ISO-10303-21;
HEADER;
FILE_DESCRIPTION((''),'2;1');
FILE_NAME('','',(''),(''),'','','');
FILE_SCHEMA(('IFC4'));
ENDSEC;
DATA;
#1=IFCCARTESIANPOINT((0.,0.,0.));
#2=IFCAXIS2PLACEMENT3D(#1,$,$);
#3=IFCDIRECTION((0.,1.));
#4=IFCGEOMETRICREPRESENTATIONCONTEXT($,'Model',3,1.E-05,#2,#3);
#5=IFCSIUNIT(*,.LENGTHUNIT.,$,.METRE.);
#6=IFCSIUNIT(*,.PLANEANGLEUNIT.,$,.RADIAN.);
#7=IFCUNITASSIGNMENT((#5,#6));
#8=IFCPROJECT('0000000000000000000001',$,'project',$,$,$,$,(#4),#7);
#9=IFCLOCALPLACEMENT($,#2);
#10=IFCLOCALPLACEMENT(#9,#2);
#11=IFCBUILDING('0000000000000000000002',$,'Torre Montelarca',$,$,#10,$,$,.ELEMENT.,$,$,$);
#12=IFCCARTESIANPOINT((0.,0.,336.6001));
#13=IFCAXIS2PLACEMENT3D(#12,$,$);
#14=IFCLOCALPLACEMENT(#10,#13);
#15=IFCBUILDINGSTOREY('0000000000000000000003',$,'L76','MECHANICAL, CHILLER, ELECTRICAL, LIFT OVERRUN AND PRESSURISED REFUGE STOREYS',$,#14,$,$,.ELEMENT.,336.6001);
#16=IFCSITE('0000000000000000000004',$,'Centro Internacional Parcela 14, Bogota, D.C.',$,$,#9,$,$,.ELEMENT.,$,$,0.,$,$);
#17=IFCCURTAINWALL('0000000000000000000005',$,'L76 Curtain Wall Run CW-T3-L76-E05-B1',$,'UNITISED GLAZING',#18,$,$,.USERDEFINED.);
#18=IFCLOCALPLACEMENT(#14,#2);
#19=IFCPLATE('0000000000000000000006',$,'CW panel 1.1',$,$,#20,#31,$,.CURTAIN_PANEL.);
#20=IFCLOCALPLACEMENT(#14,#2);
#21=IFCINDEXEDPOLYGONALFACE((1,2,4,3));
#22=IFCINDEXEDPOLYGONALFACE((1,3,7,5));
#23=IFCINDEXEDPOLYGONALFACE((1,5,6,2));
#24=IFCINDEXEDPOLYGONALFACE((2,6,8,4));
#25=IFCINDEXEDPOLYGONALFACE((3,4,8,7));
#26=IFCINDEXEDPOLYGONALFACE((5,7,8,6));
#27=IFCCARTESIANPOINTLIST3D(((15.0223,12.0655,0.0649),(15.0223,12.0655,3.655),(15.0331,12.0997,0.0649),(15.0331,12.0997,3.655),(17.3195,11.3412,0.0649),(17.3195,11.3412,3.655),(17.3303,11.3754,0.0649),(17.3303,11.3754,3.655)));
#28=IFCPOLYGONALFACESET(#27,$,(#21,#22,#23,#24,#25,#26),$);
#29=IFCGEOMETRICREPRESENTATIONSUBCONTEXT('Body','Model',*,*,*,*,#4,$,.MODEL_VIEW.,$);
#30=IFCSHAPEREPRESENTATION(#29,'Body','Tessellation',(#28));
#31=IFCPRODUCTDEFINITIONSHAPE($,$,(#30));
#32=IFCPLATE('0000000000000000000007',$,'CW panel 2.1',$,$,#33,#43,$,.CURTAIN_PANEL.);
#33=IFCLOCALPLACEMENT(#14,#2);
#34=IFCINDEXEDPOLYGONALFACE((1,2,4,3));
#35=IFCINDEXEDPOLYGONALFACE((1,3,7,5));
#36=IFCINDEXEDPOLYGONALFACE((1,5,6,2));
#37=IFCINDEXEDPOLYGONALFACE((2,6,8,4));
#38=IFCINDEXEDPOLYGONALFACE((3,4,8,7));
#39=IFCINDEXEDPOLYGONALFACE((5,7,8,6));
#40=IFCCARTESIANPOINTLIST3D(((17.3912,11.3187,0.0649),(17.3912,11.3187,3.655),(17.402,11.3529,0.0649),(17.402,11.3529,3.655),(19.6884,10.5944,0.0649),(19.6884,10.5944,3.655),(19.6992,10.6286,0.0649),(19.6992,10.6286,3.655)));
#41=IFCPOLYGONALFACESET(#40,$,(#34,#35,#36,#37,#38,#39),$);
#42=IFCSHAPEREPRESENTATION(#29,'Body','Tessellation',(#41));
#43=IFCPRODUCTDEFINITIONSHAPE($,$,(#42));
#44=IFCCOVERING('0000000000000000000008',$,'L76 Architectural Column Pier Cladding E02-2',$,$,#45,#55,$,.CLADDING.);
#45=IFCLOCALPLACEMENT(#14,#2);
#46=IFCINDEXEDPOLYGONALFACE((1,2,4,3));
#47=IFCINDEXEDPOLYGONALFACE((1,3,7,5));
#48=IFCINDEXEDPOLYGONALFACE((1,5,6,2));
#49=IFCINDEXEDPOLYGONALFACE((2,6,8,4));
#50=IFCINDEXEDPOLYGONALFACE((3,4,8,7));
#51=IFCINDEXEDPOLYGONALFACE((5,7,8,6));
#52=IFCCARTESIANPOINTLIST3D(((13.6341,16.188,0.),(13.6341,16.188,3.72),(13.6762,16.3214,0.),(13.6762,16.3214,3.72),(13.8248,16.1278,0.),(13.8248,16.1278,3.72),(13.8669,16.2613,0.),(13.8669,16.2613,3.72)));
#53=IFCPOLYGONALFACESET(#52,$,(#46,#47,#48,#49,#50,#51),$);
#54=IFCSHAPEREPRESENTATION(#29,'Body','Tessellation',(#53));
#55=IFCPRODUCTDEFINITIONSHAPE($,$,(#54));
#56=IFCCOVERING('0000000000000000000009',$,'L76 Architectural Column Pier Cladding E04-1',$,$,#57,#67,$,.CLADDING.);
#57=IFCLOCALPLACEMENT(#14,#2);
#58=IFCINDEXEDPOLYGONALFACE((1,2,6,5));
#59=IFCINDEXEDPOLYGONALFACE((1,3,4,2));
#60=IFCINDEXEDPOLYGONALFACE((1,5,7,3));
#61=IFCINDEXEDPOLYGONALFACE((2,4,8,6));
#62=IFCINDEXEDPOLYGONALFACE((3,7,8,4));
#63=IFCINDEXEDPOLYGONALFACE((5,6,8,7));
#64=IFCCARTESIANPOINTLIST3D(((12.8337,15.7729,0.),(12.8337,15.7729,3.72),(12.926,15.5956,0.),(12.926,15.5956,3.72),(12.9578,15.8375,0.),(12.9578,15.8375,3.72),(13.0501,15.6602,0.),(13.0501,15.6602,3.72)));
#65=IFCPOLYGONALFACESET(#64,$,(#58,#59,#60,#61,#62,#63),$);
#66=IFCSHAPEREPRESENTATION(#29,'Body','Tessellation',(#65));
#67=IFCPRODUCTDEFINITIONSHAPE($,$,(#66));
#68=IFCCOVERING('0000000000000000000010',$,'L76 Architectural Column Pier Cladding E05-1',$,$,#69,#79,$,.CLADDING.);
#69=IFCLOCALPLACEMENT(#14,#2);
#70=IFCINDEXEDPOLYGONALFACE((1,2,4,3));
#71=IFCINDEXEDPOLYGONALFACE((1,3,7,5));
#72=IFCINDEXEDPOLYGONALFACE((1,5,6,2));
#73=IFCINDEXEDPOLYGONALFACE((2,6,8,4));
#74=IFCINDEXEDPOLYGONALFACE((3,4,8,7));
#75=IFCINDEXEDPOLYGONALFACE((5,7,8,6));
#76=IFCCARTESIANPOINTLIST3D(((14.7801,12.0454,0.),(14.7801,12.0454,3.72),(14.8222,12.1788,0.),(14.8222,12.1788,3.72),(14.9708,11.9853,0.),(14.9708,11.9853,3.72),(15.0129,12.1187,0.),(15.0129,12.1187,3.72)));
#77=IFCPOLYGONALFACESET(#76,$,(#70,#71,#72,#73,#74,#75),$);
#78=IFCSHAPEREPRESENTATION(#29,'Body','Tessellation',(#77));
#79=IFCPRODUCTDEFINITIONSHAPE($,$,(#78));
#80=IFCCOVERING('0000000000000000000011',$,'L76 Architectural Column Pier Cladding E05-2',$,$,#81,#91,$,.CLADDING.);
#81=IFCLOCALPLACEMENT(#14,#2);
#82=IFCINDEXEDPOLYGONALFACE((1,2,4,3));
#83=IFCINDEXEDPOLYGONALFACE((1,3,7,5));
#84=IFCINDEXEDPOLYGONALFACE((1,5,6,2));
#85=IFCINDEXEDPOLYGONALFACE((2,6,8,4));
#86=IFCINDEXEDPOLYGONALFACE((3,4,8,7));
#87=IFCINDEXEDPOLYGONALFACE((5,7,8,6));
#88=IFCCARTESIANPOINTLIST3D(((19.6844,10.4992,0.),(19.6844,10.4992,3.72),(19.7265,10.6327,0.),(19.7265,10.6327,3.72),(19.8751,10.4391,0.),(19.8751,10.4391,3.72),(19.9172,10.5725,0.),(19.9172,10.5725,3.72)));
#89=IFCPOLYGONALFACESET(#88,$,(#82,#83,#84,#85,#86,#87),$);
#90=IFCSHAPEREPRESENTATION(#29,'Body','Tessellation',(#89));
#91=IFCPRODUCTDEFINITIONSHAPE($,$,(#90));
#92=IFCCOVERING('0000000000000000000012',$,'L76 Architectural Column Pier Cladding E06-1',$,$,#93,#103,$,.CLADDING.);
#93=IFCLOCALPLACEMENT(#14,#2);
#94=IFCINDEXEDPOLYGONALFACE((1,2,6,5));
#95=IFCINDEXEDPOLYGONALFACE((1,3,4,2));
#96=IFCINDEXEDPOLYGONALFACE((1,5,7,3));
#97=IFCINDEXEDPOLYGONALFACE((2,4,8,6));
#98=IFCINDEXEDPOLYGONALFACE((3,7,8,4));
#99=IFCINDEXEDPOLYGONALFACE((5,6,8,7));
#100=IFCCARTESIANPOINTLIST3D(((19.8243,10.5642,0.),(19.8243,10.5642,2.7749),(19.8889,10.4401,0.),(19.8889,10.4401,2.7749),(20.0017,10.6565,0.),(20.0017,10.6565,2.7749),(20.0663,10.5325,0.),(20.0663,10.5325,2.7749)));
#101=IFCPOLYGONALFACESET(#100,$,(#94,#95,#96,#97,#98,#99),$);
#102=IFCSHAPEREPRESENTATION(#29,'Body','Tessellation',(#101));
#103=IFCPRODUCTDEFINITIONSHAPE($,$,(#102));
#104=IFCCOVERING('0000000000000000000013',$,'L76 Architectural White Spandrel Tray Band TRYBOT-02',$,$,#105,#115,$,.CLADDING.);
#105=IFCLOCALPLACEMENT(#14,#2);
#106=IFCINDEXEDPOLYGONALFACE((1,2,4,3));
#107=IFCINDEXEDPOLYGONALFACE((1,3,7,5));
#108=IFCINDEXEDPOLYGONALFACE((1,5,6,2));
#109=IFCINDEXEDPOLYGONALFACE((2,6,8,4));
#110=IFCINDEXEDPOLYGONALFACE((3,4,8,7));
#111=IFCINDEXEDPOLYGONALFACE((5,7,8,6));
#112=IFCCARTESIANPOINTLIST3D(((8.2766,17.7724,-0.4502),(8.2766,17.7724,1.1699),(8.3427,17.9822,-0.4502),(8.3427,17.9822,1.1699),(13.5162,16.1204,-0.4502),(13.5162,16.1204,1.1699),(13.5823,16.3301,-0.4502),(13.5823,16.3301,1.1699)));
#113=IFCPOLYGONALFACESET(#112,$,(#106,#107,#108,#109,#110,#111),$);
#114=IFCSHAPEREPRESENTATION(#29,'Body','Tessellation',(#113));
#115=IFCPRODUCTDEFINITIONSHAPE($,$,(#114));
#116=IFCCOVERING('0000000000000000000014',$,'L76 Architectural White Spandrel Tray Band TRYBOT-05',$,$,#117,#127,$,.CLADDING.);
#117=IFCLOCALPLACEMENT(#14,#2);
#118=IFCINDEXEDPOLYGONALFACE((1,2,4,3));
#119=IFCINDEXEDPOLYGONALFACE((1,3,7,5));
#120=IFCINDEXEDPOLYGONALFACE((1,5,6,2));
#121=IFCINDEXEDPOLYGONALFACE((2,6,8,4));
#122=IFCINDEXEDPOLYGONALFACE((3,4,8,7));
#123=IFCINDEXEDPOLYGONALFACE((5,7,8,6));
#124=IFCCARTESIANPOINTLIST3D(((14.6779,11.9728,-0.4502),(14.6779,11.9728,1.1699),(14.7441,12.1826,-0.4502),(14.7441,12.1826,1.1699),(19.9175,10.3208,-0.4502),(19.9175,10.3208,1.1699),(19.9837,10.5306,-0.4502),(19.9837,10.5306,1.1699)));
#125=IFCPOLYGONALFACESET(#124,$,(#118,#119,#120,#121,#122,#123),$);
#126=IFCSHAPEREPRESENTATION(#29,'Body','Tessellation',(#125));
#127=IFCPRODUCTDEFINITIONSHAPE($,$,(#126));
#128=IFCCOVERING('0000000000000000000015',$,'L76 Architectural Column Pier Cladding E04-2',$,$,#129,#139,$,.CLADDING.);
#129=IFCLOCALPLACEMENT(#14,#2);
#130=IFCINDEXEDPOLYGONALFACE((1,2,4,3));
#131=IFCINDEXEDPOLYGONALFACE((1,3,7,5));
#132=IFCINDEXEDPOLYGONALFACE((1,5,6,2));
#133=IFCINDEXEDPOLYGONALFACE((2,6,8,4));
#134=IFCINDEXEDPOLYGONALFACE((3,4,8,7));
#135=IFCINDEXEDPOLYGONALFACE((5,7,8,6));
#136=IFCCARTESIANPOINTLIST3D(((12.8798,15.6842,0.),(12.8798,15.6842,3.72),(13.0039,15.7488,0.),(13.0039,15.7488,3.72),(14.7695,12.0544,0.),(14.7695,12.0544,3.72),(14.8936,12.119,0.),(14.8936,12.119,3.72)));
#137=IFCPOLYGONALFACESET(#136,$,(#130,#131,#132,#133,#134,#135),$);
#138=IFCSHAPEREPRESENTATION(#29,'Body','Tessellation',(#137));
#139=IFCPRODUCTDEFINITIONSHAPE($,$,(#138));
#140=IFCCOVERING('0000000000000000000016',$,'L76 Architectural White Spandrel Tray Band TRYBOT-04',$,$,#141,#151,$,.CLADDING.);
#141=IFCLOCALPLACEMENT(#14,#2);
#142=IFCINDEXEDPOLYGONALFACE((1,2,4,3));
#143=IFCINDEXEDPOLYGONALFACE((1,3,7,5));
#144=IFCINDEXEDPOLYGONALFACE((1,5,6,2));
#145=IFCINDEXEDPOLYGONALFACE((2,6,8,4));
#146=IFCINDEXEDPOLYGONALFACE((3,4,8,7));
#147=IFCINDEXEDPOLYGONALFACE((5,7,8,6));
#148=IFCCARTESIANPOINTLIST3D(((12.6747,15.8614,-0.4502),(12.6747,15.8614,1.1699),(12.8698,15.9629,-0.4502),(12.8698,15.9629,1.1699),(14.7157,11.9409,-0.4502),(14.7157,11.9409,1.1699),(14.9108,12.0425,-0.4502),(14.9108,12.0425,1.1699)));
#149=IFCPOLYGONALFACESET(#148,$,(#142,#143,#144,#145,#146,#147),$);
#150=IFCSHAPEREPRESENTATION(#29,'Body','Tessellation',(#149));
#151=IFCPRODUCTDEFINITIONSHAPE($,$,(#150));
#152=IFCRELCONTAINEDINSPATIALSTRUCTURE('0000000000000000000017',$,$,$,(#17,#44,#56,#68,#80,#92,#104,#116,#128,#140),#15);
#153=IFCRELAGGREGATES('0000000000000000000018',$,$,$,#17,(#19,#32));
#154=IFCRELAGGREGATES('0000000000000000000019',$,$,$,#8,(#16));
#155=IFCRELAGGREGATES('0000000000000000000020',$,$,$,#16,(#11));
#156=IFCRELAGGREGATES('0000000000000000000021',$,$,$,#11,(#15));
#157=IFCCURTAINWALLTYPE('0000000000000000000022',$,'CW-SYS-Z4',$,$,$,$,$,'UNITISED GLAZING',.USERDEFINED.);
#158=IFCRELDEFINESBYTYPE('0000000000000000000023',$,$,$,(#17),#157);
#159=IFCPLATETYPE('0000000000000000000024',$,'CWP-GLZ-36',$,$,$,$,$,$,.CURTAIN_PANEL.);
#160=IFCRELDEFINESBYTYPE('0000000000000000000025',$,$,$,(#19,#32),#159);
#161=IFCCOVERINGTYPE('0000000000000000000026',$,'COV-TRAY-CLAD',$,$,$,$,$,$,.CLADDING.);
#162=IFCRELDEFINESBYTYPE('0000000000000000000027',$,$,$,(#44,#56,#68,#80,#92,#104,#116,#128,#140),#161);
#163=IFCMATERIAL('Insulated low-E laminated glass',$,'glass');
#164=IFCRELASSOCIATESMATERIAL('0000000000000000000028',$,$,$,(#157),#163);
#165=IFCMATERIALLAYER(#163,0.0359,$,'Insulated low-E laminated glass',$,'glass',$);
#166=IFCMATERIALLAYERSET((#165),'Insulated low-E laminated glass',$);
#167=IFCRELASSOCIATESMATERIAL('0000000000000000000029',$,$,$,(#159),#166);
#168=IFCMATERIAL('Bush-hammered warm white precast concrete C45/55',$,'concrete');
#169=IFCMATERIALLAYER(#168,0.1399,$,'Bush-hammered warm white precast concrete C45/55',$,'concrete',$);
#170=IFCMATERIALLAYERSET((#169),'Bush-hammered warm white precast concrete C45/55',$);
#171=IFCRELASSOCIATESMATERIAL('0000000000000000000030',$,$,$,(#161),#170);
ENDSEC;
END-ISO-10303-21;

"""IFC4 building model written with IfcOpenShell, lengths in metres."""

from ifc_helpers import new_model, si_unit, direction, frame, origin, origin_2d, place, context, subcontext, project, spatial, rectangle, extrude, source, transform, mapped, material, layer, layer_set, type_object, element, aggregate, save


model = new_model("IFC4")

# Units and contexts
model_context = context("Model", 3, precision=1e-05, world=origin(), true_north=direction((0.0, 1.0)))
body_context = subcontext(model_context, "Body", "Model", "MODEL_VIEW")
ifc_project = project(units=[si_unit("LENGTHUNIT", "METRE"), si_unit("PLANEANGLEUNIT", "RADIAN")], contexts=[model_context])

# Site, building, storey
site_placement = place(None, origin())
site = spatial("IfcSite", under=ifc_project, at=site_placement, Name="Centro Internacional Parcela 14, Bogota, D.C.", CompositionType="ELEMENT", RefElevation=0.0)
building_placement = place(site_placement, origin())
building = spatial("IfcBuilding", under=site, at=building_placement, Name="Torre Montelarca", CompositionType="ELEMENT")
storey_placement = place(building_placement, frame((0.0, 0.0, 336.6001)))
storey = spatial("IfcBuildingStorey", under=building, at=storey_placement, Name="L76", Description="MECHANICAL, CHILLER, ELECTRICAL, LIFT OVERRUN AND PRESSURISED REFUGE STOREYS", CompositionType="ELEMENT", Elevation=336.6001)

# Curtain wall
ifc_material_1 = material(Name="Insulated low-E laminated glass", Category="glass")
curtain_wall_type = type_object("IfcCurtainWallType", Name="CW-SYS-Z4", ElementType="UNITISED GLAZING", PredefinedType="USERDEFINED", material=ifc_material_1)
curtain_wall_1_placement = place(storey_placement, origin())
curtain_wall_1 = element("IfcCurtainWall", 1, at=curtain_wall_1_placement, inside=storey, type_object=curtain_wall_type, Name="L76 Curtain Wall Run CW-T3-L76-E05-B1", ObjectType="UNITISED GLAZING", PredefinedType="USERDEFINED")

# Plates
ifc_layer_1 = layer(ifc_material_1, 0.0359, Name="Insulated low-E laminated glass", Category="glass")
ifc_layer_set_1 = layer_set([ifc_layer_1], Name="Insulated low-E laminated glass")
plate_type = type_object("IfcPlateType", Name="CWP-GLZ-36", PredefinedType="CURTAIN_PANEL", material=ifc_layer_set_1)
shared_shape_1 = source(origin(), body_context, "Body", "SweptSolid", [
    extrude(rectangle(XDim=2.4087, YDim=0.0359, at=origin_2d()), origin(), (0.0, 0.0, 1.0), 3.5901),
])
plate_1_placement = place(storey_placement, frame((16.1763, 11.7205, 0.0649), z_axis=(0.0, 0.0, 1.0), x_axis=(0.953721, -0.300693, 0.0)))
plate_1 = element("IfcPlate", 2, at=plate_1_placement, type_object=plate_type, Name="CW panel 1.1", PredefinedType="CURTAIN_PANEL", context=body_context, shape_type="MappedRepresentation", body=[
    mapped(shared_shape_1, transform((0.0, 0.0, 0.0), scale=1.0)),
])
plate_2_placement = place(storey_placement, frame((18.5452, 10.9736, 0.0649), z_axis=(0.0, 0.0, 1.0), x_axis=(0.953721, -0.300693, 0.0)))
plate_2 = element("IfcPlate", 3, at=plate_2_placement, type_object=plate_type, Name="CW panel 2.1", PredefinedType="CURTAIN_PANEL", context=body_context, shape_type="MappedRepresentation", body=[
    mapped(shared_shape_1, transform((0.0, 0.0, 0.0), scale=1.0)),
])
aggregate(curtain_wall_1, [plate_1, plate_2])

# Coverings
ifc_material_2 = material(Name="Bush-hammered warm white precast concrete C45/55", Category="concrete")
ifc_layer_2 = layer(ifc_material_2, 0.1399, Name="Bush-hammered warm white precast concrete C45/55", Category="concrete")
ifc_layer_set_2 = layer_set([ifc_layer_2], Name="Bush-hammered warm white precast concrete C45/55")
covering_type = type_object("IfcCoveringType", Name="COV-TRAY-CLAD", PredefinedType="CLADDING", material=ifc_layer_set_2)
shared_shape_2 = source(origin(), body_context, "Body", "SweptSolid", [
    extrude(rectangle(XDim=0.2, YDim=0.1399, at=origin_2d()), origin(), (0.0, 0.0, 1.0), 3.72),
])
for number, where, z_axis, x_axis, name in (
    (4, (13.7505, 16.2246, 0.0), (0.0, 0.0, 1.0), (0.953717, -0.300704, 0.0), "L76 Architectural Column Pier Cladding E02-2"),
    (5, (12.9419, 15.7166, 0.0), (0.0, 0.0, 1.0), (0.461776, -0.886996, 0.0), "L76 Architectural Column Pier Cladding E04-1"),
    (6, (14.8965, 12.082, 0.0), (0.0, 0.0, 1.0), (0.953719, -0.300701, 0.0), "L76 Architectural Column Pier Cladding E05-1"),
    (7, (19.8008, 10.5359, 0.0), (0.0, 0.0, 1.0), (0.953719, -0.300701, 0.0), "L76 Architectural Column Pier Cladding E05-2"),
):
    element("IfcCovering", number, at=place(storey_placement, frame(where, z_axis=z_axis, x_axis=x_axis)), inside=storey, type_object=covering_type, Name=name, PredefinedType="CLADDING", context=body_context, shape_type="MappedRepresentation", body=[
        mapped(shared_shape_2, transform((0.0, 0.0, 0.0), scale=1.0)),
    ])
shared_shape_3 = source(origin(), body_context, "Body", "SweptSolid", [
    extrude(rectangle(XDim=0.2, YDim=0.1399, at=origin_2d()), origin(), (0.0, 0.0, 1.0), 2.7749),
])
covering_1_placement = place(storey_placement, frame((19.9453, 10.5483, 0.0), z_axis=(0.0, 0.0, 1.0), x_axis=(0.887012, 0.461747, 0.0)))
element("IfcCovering", 8, at=covering_1_placement, inside=storey, type_object=covering_type, Name="L76 Architectural Column Pier Cladding E06-1", PredefinedType="CLADDING", context=body_context, shape_type="MappedRepresentation", body=[
    mapped(shared_shape_3, transform((0.0, 0.0, 0.0), scale=1.0)),
])
shared_shape_4 = source(origin(), body_context, "Body", "SweptSolid", [
    extrude(rectangle(XDim=5.4939, YDim=0.22, at=origin_2d()), origin(), (0.0, 0.0, 1.0), 1.6201),
])
for number, where, z_axis, x_axis, name in (
    (9, (10.9294, 17.0513, -0.4502), (0.0, 0.0, 1.0), (0.953717, -0.300706, 0.0), "L76 Architectural White Spandrel Tray Band TRYBOT-02"),
    (10, (17.3308, 11.2517, -0.4502), (0.0, 0.0, 1.0), (0.953717, -0.300706, 0.0), "L76 Architectural White Spandrel Tray Band TRYBOT-05"),
):
    element("IfcCovering", number, at=place(storey_placement, frame(where, z_axis=z_axis, x_axis=x_axis)), inside=storey, type_object=covering_type, Name=name, PredefinedType="CLADDING", context=body_context, shape_type="MappedRepresentation", body=[
        mapped(shared_shape_4, transform((0.0, 0.0, 0.0), scale=1.0)),
    ])
shared_shape_5 = source(origin(), body_context, "Body", "SweptSolid", [
    extrude(rectangle(XDim=4.0923, YDim=0.1399, at=origin_2d()), origin(), (0.0, 0.0, 1.0), 3.72),
])
covering_2_placement = place(storey_placement, frame((13.8867, 13.9016, 0.0), z_axis=(0.0, 0.0, 1.0), x_axis=(0.461776, -0.886996, 0.0)))
element("IfcCovering", 11, at=covering_2_placement, inside=storey, type_object=covering_type, Name="L76 Architectural Column Pier Cladding E04-2", PredefinedType="CLADDING", context=body_context, shape_type="MappedRepresentation", body=[
    mapped(shared_shape_5, transform((0.0, 0.0, 0.0), scale=1.0)),
])
shared_shape_6 = source(origin(), body_context, "Body", "SweptSolid", [
    extrude(rectangle(XDim=4.4199, YDim=0.22, at=origin_2d()), origin(), (0.0, 0.0, 1.0), 1.6201),
])
covering_3_placement = place(storey_placement, frame((13.7927, 13.9519, -0.4502), z_axis=(0.0, 0.0, 1.0), x_axis=(0.461767, -0.887001, 0.0)))
element("IfcCovering", 12, at=covering_3_placement, inside=storey, type_object=covering_type, Name="L76 Architectural White Spandrel Tray Band TRYBOT-04", PredefinedType="CLADDING", context=body_context, shape_type="MappedRepresentation", body=[
    mapped(shared_shape_6, transform((0.0, 0.0, 0.0), scale=1.0)),
])

save(model, "model.ifc")
